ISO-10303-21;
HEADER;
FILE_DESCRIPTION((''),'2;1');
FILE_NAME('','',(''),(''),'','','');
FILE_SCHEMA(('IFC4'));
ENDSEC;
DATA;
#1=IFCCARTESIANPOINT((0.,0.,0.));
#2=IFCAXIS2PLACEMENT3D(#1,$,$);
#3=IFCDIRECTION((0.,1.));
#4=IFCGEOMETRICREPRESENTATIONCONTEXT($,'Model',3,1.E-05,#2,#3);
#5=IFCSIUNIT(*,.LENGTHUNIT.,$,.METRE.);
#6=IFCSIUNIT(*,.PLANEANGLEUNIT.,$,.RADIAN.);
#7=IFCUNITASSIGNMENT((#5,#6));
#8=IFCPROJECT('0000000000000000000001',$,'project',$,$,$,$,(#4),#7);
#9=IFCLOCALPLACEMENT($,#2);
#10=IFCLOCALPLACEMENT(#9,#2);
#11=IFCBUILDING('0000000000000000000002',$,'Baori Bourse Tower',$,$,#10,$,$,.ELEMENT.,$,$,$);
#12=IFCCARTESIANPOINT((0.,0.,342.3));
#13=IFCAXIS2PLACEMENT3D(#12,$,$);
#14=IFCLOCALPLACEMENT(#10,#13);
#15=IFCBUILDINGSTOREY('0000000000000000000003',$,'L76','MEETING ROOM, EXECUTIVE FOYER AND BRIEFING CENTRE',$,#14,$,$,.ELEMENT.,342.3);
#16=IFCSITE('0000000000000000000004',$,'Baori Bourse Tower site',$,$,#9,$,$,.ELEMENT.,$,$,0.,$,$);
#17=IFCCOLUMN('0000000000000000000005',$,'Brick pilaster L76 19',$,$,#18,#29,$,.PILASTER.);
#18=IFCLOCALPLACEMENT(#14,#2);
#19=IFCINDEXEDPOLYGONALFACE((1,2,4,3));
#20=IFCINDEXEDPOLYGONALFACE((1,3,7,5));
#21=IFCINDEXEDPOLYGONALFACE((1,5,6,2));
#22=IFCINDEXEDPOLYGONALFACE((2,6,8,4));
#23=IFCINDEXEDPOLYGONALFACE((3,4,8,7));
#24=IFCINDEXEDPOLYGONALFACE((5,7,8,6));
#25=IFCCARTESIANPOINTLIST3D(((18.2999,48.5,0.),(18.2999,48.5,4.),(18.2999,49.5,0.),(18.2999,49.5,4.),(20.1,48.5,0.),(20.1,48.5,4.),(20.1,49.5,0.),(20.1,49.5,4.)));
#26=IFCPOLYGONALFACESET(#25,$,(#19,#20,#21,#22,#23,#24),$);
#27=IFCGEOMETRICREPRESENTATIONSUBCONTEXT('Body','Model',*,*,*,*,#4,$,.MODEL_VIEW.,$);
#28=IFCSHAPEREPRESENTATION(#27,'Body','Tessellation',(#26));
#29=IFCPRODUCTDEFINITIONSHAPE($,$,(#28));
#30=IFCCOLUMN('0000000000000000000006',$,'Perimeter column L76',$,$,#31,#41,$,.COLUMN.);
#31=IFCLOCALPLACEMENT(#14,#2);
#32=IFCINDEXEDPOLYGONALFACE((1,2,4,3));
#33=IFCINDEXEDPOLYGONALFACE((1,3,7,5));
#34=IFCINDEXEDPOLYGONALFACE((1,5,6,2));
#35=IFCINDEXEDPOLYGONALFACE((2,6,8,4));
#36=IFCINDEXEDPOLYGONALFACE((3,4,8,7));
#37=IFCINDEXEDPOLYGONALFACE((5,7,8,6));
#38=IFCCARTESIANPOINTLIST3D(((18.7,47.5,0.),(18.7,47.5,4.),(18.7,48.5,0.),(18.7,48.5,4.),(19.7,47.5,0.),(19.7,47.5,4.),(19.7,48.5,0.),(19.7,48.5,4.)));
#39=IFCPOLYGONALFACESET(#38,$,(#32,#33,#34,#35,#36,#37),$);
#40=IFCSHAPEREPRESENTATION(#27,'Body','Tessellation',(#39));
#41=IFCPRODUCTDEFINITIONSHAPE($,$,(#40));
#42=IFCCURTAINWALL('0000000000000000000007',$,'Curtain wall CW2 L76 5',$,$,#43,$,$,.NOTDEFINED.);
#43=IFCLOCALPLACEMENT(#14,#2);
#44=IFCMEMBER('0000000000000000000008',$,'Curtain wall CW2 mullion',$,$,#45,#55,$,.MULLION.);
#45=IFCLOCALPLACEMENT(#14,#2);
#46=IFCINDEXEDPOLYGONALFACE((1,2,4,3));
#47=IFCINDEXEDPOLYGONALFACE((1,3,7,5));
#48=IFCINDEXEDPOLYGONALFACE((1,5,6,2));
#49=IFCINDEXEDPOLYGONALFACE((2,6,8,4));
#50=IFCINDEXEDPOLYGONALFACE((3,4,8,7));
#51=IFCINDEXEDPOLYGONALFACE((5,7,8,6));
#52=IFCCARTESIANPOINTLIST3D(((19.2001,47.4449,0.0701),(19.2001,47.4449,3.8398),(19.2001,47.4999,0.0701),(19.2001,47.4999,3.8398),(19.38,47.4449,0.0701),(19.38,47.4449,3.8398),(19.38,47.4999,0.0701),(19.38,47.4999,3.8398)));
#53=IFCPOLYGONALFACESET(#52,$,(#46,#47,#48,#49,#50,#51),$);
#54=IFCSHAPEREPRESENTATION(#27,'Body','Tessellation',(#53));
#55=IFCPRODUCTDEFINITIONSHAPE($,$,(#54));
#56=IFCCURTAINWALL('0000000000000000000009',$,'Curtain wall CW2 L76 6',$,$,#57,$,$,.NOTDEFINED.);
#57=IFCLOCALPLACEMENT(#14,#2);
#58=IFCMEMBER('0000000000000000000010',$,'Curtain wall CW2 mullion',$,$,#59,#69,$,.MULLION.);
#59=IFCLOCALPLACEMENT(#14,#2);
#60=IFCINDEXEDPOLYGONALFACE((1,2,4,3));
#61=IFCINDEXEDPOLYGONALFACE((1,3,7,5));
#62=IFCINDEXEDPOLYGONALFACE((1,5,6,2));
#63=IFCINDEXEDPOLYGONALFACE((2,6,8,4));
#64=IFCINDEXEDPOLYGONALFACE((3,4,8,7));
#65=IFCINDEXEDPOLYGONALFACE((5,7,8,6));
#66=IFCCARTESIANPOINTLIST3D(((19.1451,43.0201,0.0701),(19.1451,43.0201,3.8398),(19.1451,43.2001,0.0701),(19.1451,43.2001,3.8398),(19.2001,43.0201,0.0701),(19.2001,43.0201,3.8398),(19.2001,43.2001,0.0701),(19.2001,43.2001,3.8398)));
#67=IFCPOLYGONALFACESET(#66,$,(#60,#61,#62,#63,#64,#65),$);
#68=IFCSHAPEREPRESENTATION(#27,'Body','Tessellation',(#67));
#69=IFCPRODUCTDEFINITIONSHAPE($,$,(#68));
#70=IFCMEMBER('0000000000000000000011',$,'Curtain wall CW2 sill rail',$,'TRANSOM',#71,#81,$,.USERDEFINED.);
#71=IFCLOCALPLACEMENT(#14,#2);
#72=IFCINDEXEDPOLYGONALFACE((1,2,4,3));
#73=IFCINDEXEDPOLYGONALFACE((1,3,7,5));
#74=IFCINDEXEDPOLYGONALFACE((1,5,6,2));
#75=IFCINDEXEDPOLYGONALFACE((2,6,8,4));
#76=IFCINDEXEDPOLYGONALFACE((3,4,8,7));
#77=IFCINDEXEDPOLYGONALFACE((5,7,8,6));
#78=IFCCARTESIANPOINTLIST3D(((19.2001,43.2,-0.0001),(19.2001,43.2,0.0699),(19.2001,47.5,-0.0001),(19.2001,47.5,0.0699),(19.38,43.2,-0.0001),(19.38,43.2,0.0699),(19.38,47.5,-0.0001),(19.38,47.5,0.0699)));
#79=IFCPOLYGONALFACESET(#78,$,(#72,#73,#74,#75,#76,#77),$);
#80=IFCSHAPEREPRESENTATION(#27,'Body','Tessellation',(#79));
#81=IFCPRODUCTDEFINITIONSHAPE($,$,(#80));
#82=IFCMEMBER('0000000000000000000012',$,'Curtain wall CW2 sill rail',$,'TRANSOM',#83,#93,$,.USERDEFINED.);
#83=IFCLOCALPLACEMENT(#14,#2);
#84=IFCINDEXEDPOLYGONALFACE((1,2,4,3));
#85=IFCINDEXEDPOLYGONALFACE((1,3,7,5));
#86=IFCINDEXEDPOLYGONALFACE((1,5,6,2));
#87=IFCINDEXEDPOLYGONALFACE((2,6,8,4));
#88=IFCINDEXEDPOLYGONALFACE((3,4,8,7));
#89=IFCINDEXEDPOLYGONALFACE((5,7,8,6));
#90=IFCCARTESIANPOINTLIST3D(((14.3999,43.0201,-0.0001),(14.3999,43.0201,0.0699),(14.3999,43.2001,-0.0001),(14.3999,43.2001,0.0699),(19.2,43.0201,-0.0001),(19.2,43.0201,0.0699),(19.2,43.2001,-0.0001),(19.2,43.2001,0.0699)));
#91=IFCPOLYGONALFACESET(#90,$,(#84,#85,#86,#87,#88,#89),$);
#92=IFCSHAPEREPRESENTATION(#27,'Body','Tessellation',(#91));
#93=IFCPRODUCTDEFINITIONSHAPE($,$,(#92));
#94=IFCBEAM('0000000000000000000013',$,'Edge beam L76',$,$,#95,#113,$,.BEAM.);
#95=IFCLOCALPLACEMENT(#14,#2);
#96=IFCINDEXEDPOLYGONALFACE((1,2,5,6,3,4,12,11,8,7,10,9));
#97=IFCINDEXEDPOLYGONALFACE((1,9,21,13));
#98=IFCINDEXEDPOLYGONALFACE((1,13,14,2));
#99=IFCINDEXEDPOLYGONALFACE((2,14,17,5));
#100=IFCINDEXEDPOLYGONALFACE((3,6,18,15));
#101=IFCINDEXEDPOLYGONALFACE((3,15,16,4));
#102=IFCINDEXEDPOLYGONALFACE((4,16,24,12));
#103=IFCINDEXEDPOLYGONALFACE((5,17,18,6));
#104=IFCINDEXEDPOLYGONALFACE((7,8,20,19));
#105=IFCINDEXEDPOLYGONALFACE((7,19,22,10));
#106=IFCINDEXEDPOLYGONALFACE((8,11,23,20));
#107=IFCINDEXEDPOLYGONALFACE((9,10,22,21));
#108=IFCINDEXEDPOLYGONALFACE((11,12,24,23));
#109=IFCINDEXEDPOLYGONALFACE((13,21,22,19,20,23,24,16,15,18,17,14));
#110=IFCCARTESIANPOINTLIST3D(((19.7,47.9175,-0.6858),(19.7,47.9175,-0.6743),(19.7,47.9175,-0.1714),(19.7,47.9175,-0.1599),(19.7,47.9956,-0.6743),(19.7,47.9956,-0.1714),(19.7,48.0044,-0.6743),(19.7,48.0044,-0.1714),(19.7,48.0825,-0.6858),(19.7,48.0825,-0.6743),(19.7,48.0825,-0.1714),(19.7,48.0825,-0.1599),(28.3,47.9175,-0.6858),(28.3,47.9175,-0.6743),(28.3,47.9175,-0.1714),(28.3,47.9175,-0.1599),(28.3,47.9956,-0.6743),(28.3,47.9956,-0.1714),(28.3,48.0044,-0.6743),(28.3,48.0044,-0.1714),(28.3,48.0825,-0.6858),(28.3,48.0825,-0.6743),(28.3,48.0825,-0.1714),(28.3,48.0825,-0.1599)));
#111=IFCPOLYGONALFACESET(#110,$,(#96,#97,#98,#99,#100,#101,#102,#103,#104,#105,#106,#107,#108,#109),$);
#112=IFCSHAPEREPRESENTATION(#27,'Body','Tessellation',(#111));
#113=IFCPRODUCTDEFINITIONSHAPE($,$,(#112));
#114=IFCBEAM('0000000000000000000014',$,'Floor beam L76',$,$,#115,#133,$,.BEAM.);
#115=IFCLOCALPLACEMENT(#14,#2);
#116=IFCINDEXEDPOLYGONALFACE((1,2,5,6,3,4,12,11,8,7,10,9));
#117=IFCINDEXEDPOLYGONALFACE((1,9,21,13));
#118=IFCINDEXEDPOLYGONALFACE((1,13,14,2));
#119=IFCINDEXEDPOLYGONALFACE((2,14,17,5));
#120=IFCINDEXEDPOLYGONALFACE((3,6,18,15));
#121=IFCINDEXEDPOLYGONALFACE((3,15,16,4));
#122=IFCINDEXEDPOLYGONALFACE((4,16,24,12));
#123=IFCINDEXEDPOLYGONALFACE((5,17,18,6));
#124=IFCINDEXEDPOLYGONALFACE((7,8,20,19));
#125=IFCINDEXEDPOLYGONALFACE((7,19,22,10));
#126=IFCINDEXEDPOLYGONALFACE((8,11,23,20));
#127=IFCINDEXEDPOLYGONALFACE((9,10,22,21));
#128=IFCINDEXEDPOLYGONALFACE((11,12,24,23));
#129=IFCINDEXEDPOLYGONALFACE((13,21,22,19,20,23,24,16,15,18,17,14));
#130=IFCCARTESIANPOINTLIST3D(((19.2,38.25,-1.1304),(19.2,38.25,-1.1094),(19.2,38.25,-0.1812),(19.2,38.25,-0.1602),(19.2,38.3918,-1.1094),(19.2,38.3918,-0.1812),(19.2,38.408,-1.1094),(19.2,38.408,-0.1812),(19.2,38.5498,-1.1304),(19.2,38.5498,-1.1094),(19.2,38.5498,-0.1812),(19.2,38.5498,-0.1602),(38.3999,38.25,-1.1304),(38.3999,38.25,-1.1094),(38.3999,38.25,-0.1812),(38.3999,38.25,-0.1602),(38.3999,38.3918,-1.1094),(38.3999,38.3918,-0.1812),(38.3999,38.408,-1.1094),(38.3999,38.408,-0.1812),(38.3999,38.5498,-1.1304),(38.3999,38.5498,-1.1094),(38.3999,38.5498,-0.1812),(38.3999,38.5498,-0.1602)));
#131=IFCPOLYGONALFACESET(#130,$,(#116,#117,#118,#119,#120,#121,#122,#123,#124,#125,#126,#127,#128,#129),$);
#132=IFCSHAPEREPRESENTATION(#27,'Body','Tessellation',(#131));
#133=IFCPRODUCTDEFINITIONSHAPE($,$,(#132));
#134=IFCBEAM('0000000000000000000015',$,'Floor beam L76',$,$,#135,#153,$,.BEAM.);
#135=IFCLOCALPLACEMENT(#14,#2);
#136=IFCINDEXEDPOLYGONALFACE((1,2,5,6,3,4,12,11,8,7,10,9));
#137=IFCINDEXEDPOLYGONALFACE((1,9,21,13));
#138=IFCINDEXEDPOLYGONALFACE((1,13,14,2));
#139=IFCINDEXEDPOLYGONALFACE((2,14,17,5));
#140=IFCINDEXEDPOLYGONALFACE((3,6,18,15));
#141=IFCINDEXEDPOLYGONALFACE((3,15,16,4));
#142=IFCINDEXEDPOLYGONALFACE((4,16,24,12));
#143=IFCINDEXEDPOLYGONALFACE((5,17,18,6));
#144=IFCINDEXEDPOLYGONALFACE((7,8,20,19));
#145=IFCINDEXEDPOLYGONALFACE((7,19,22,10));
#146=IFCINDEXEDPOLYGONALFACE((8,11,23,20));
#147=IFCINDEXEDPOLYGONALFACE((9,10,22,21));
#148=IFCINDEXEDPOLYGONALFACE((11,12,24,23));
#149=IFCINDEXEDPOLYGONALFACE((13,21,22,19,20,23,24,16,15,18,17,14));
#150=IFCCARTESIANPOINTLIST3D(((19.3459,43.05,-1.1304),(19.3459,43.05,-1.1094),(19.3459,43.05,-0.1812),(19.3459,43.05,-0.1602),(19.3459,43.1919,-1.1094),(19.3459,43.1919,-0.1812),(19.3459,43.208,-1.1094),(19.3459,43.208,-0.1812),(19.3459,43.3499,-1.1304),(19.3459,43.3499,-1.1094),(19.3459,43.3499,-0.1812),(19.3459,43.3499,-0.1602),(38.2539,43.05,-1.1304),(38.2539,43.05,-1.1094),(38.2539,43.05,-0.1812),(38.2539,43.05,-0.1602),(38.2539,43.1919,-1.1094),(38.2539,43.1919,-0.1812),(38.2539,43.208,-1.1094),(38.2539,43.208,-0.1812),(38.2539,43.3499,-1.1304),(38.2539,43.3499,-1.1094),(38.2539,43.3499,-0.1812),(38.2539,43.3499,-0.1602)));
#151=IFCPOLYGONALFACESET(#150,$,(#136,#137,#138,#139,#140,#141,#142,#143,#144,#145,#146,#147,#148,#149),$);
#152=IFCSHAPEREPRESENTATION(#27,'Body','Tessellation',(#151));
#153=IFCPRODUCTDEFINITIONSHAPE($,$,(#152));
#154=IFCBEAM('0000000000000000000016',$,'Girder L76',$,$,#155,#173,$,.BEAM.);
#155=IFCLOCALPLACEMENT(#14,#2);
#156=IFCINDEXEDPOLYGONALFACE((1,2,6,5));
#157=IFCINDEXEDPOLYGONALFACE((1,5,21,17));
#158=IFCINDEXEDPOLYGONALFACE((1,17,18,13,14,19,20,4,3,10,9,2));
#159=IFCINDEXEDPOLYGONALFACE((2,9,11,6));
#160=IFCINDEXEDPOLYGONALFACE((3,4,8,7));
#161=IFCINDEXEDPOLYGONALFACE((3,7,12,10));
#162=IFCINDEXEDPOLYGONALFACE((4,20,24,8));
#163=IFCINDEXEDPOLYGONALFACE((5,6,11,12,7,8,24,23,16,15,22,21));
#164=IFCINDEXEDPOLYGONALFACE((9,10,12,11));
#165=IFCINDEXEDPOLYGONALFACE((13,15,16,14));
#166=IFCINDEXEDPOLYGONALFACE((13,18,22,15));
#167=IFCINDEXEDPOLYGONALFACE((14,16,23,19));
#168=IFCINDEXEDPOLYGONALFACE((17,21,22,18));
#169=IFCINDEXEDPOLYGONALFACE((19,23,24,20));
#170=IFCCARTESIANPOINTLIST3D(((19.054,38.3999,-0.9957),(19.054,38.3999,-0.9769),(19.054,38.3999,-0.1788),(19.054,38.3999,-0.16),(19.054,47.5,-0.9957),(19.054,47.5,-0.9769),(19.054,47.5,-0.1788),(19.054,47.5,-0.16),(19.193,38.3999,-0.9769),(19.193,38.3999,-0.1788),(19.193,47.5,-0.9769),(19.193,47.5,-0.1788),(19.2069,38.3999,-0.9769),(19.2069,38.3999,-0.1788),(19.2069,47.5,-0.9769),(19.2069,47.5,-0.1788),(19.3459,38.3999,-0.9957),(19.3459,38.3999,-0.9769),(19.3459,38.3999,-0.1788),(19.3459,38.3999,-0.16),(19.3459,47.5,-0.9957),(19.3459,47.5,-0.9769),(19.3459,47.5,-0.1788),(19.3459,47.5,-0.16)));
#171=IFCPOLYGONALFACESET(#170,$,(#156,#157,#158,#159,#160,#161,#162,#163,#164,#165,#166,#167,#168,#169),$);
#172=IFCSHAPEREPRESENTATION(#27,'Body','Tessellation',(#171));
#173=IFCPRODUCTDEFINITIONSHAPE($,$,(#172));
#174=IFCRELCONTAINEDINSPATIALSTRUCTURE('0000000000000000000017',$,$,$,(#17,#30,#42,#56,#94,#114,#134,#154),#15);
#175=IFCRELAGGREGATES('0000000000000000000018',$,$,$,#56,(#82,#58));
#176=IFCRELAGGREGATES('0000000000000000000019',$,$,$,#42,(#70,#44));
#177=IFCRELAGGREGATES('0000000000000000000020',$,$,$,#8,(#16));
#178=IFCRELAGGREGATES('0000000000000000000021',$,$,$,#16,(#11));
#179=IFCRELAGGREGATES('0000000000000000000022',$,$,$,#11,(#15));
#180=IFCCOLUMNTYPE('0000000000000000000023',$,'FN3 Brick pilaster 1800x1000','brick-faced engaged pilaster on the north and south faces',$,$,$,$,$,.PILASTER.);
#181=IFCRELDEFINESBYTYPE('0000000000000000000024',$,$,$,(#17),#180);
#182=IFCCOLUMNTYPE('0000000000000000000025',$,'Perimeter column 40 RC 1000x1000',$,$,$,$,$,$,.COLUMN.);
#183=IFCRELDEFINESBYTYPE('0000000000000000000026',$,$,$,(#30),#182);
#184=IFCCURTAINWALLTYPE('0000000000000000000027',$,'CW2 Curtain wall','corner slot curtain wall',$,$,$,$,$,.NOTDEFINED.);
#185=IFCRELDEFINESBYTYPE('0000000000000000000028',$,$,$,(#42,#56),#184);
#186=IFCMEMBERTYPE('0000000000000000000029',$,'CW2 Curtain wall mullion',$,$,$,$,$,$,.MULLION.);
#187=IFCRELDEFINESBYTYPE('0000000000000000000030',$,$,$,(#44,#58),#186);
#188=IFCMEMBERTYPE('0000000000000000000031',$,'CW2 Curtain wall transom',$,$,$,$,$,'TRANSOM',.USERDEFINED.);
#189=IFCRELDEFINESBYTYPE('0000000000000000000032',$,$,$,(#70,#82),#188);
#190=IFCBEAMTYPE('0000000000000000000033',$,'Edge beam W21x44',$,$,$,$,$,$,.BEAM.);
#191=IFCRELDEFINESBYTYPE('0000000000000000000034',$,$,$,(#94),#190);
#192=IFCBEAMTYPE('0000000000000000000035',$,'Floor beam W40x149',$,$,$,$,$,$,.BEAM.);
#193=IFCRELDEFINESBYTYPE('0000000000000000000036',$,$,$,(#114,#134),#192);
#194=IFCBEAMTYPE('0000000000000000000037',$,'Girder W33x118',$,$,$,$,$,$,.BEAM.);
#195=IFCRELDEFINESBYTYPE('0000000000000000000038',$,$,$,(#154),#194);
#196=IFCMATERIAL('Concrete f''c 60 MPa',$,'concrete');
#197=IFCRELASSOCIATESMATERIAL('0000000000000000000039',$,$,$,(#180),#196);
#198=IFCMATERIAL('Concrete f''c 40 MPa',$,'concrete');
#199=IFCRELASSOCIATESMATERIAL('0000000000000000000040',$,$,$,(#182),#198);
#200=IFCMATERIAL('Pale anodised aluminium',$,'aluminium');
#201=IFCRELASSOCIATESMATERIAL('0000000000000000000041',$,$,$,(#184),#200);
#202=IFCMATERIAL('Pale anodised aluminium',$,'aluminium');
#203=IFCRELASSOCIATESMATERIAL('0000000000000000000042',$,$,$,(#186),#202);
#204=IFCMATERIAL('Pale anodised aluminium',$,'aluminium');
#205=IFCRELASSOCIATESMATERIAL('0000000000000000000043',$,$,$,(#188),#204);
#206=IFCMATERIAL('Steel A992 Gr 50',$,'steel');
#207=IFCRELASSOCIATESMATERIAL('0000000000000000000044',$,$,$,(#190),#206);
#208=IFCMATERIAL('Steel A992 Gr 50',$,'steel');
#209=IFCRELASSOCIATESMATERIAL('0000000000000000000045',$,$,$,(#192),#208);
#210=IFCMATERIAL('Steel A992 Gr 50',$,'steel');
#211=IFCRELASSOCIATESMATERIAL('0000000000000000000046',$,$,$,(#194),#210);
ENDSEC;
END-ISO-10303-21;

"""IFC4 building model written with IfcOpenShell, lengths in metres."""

from ifc_helpers import new_model, si_unit, direction, frame, origin, origin_2d, place, context, subcontext, project, spatial, rectangle, i_section, extrude, material, material_profile, profile_set, type_object, element, aggregate, save


model = new_model("IFC4")

# Units and contexts
model_context = context("Model", 3, precision=1e-05, world=origin(), true_north=direction((0.0, 1.0)))
body_context = subcontext(model_context, "Body", "Model", "MODEL_VIEW")
ifc_project = project(units=[si_unit("LENGTHUNIT", "METRE"), si_unit("PLANEANGLEUNIT", "RADIAN")], contexts=[model_context])

# Site, building, storey
site_placement = place(None, origin())
site = spatial("IfcSite", under=ifc_project, at=site_placement, Name="Baori Bourse Tower site", CompositionType="ELEMENT", RefElevation=0.0)
building_placement = place(site_placement, origin())
building = spatial("IfcBuilding", under=site, at=building_placement, Name="Baori Bourse Tower", CompositionType="ELEMENT")
storey_placement = place(building_placement, frame((0.0, 0.0, 342.3)))
storey = spatial("IfcBuildingStorey", under=building, at=storey_placement, Name="L76", Description="MEETING ROOM, EXECUTIVE FOYER AND BRIEFING CENTRE", CompositionType="ELEMENT", Elevation=342.3)

# Columns
ifc_material_1 = material(Name="Concrete f'c 60 MPa", Category="concrete")
ifc_material_profile_1 = material_profile(ifc_material_1, rectangle(XDim=1.8, YDim=1.0, at=origin_2d()), Name="RC 1800x1000")
ifc_profile_set_1 = profile_set([ifc_material_profile_1], Name="Concrete f'c 60 MPa")
column_type_1 = type_object("IfcColumnType", Name="FN3 Brick pilaster 1800x1000", Description="brick-faced engaged pilaster on the north and south faces", PredefinedType="PILASTER", material=ifc_profile_set_1)
column_1_placement = place(storey_placement, frame((19.2, 49.0, 0.0), z_axis=(0.0, 0.0, 1.0), x_axis=(1.0, 0.0, 0.0)))
element("IfcColumn", 1, at=column_1_placement, inside=storey, type_object=column_type_1, Name="Brick pilaster L76 19", PredefinedType="PILASTER", context=body_context, shape_type="SweptSolid", body=[
    extrude(rectangle(XDim=1.8, YDim=1.0, at=origin_2d()), origin(), (0.0, 0.0, 1.0), 4.0),
])
ifc_material_2 = material(Name="Concrete f'c 40 MPa", Category="concrete")
ifc_material_profile_2 = material_profile(ifc_material_2, rectangle(XDim=1.0, YDim=1.0, at=origin_2d()), Name="RC 1000x1000")
ifc_profile_set_2 = profile_set([ifc_material_profile_2], Name="Concrete f'c 40 MPa")
column_type_2 = type_object("IfcColumnType", Name="Perimeter column 40 RC 1000x1000", PredefinedType="COLUMN", material=ifc_profile_set_2)
column_2_placement = place(storey_placement, frame((19.2, 48.0, 0.0), z_axis=(0.0, 0.0, 1.0), x_axis=(1.0, 0.0, 0.0)))
element("IfcColumn", 2, at=column_2_placement, inside=storey, type_object=column_type_2, Name="Perimeter column L76", PredefinedType="COLUMN", context=body_context, shape_type="SweptSolid", body=[
    extrude(rectangle(XDim=1.0, YDim=1.0, at=origin_2d()), origin(), (0.0, 0.0, 1.0), 4.0),
])

# Curtain walls, members
ifc_material_3 = material(Name="Pale anodised aluminium", Category="aluminium")
curtain_wall_type = type_object("IfcCurtainWallType", Name="CW2 Curtain wall", Description="corner slot curtain wall", PredefinedType="NOTDEFINED", material=ifc_material_3)
curtain_wall_1_placement = place(storey_placement, origin())
curtain_wall_1 = element("IfcCurtainWall", 3, at=curtain_wall_1_placement, inside=storey, type_object=curtain_wall_type, Name="Curtain wall CW2 L76 5", PredefinedType="NOTDEFINED")
ifc_material_4 = material(Name="Pale anodised aluminium", Category="aluminium")
ifc_material_profile_3 = material_profile(ifc_material_4, rectangle(XDim=0.1799, YDim=0.0549, at=origin_2d()), Name="Mullion 55x180")
ifc_profile_set_3 = profile_set([ifc_material_profile_3], Name="Pale anodised aluminium")
member_type_1 = type_object("IfcMemberType", Name="CW2 Curtain wall mullion", PredefinedType="MULLION", material=ifc_profile_set_3)
member_1_placement = place(storey_placement, frame((19.29, 47.4724, 0.0701), z_axis=(0.0, 0.0, 1.0), x_axis=(1.0, 0.0, 0.0)))
member_1 = element("IfcMember", 4, at=member_1_placement, type_object=member_type_1, Name="Curtain wall CW2 mullion", PredefinedType="MULLION", context=body_context, shape_type="SweptSolid", body=[
    extrude(rectangle(XDim=0.1799, YDim=0.0549, at=origin_2d()), origin(), (0.0, 0.0, 1.0), 3.7698),
])
curtain_wall_2_placement = place(storey_placement, origin())
curtain_wall_2 = element("IfcCurtainWall", 5, at=curtain_wall_2_placement, inside=storey, type_object=curtain_wall_type, Name="Curtain wall CW2 L76 6", PredefinedType="NOTDEFINED")
member_2_placement = place(storey_placement, frame((19.1726, 43.1101, 0.0701), z_axis=(0.0, 0.0, 1.0), x_axis=(0.0, -1.0, 0.0)))
member_2 = element("IfcMember", 6, at=member_2_placement, type_object=member_type_1, Name="Curtain wall CW2 mullion", PredefinedType="MULLION", context=body_context, shape_type="SweptSolid", body=[
    extrude(rectangle(XDim=0.1799, YDim=0.0549, at=origin_2d()), origin(), (0.0, 0.0, 1.0), 3.7698),
])

# Members
ifc_material_5 = material(Name="Pale anodised aluminium", Category="aluminium")
ifc_material_profile_4 = material_profile(ifc_material_5, rectangle(XDim=0.1799, YDim=0.0701, at=origin_2d()), Name="Transom 70x180")
ifc_profile_set_4 = profile_set([ifc_material_profile_4], Name="Pale anodised aluminium")
member_type_2 = type_object("IfcMemberType", Name="CW2 Curtain wall transom", ElementType="TRANSOM", PredefinedType="USERDEFINED", material=ifc_profile_set_4)
member_3_placement = place(storey_placement, frame((19.29, 47.5, 0.0349), z_axis=(0.0, -1.0, 0.0), x_axis=(1.0, 0.0, 0.0)))
member_3 = element("IfcMember", 7, at=member_3_placement, type_object=member_type_2, Name="Curtain wall CW2 sill rail", ObjectType="TRANSOM", PredefinedType="USERDEFINED", context=body_context, shape_type="SweptSolid", body=[
    extrude(rectangle(XDim=0.1799, YDim=0.0701, at=origin_2d()), origin(), (0.0, 0.0, 1.0), 4.3),
])
member_4_placement = place(storey_placement, frame((19.2, 43.1101, 0.0349), z_axis=(-1.0, 0.0, 0.0), x_axis=(0.0, -1.0, 0.0)))
member_4 = element("IfcMember", 8, at=member_4_placement, type_object=member_type_2, Name="Curtain wall CW2 sill rail", ObjectType="TRANSOM", PredefinedType="USERDEFINED", context=body_context, shape_type="SweptSolid", body=[
    extrude(rectangle(XDim=0.1799, YDim=0.0701, at=origin_2d()), origin(), (0.0, 0.0, 1.0), 4.8),
])
aggregate(curtain_wall_2, [member_4, member_2])

# Beams
ifc_material_6 = material(Name="Steel A992 Gr 50", Category="steel")
ifc_material_profile_5 = material_profile(ifc_material_6, i_section(OverallWidth=0.165, OverallDepth=0.5259, WebThickness=0.0088, FlangeThickness=0.0115, at=origin_2d()), Name="W21x44")
ifc_profile_set_5 = profile_set([ifc_material_profile_5], Name="Steel A992 Gr 50")
beam_type_1 = type_object("IfcBeamType", Name="Edge beam W21x44", PredefinedType="BEAM", material=ifc_profile_set_5)
beam_1_placement = place(storey_placement, frame((19.7, 48.0, -0.4229), z_axis=(1.0, 0.0, 0.0), x_axis=(0.0, 1.0, 0.0)))
element("IfcBeam", 9, at=beam_1_placement, inside=storey, type_object=beam_type_1, Name="Edge beam L76", PredefinedType="BEAM", context=body_context, shape_type="SweptSolid", body=[
    extrude(i_section(OverallWidth=0.165, OverallDepth=0.5259, WebThickness=0.0088, FlangeThickness=0.0115, at=origin_2d()), origin(), (0.0, 0.0, 1.0), 8.6001),
])
ifc_material_7 = material(Name="Steel A992 Gr 50", Category="steel")
ifc_material_profile_6 = material_profile(ifc_material_7, i_section(OverallWidth=0.2998, OverallDepth=0.9702, WebThickness=0.0161, FlangeThickness=0.021, at=origin_2d()), Name="W40x149")
ifc_profile_set_6 = profile_set([ifc_material_profile_6], Name="Steel A992 Gr 50")
beam_type_2 = type_object("IfcBeamType", Name="Floor beam W40x149", PredefinedType="BEAM", material=ifc_profile_set_6)
beam_2_placement = place(storey_placement, frame((19.2, 38.3999, -0.6453), z_axis=(1.0, 0.0, 0.0), x_axis=(0.0, 1.0, 0.0)))
element("IfcBeam", 10, at=beam_2_placement, inside=storey, type_object=beam_type_2, Name="Floor beam L76", PredefinedType="BEAM", context=body_context, shape_type="SweptSolid", body=[
    extrude(i_section(OverallWidth=0.2998, OverallDepth=0.9702, WebThickness=0.0161, FlangeThickness=0.021, at=origin_2d()), origin(), (0.0, 0.0, 1.0), 19.2),
])
beam_3_placement = place(storey_placement, frame((19.3459, 43.2, -0.6453), z_axis=(1.0, 0.0, 0.0), x_axis=(0.0, 1.0, 0.0)))
element("IfcBeam", 11, at=beam_3_placement, inside=storey, type_object=beam_type_2, Name="Floor beam L76", PredefinedType="BEAM", context=body_context, shape_type="SweptSolid", body=[
    extrude(i_section(OverallWidth=0.2998, OverallDepth=0.9702, WebThickness=0.0161, FlangeThickness=0.021, at=origin_2d()), origin(), (0.0, 0.0, 1.0), 18.908),
])
ifc_material_8 = material(Name="Steel A992 Gr 50", Category="steel")
ifc_material_profile_7 = material_profile(ifc_material_8, i_section(OverallWidth=0.292, OverallDepth=0.8357, WebThickness=0.0139, FlangeThickness=0.0188, at=origin_2d()), Name="W33x118")
ifc_profile_set_7 = profile_set([ifc_material_profile_7], Name="Steel A992 Gr 50")
beam_type_3 = type_object("IfcBeamType", Name="Girder W33x118", PredefinedType="BEAM", material=ifc_profile_set_7)
beam_4_placement = place(storey_placement, frame((19.2, 38.3999, -0.5779), z_axis=(0.0, 1.0, 0.0), x_axis=(-1.0, 0.0, 0.0)))
element("IfcBeam", 12, at=beam_4_placement, inside=storey, type_object=beam_type_3, Name="Girder L76", PredefinedType="BEAM", context=body_context, shape_type="SweptSolid", body=[
    extrude(i_section(OverallWidth=0.292, OverallDepth=0.8357, WebThickness=0.0139, FlangeThickness=0.0188, at=origin_2d()), origin(), (0.0, 0.0, 1.0), 9.1001),
])

aggregate(curtain_wall_1, [member_3, member_1])

save(model, "model.ifc")
